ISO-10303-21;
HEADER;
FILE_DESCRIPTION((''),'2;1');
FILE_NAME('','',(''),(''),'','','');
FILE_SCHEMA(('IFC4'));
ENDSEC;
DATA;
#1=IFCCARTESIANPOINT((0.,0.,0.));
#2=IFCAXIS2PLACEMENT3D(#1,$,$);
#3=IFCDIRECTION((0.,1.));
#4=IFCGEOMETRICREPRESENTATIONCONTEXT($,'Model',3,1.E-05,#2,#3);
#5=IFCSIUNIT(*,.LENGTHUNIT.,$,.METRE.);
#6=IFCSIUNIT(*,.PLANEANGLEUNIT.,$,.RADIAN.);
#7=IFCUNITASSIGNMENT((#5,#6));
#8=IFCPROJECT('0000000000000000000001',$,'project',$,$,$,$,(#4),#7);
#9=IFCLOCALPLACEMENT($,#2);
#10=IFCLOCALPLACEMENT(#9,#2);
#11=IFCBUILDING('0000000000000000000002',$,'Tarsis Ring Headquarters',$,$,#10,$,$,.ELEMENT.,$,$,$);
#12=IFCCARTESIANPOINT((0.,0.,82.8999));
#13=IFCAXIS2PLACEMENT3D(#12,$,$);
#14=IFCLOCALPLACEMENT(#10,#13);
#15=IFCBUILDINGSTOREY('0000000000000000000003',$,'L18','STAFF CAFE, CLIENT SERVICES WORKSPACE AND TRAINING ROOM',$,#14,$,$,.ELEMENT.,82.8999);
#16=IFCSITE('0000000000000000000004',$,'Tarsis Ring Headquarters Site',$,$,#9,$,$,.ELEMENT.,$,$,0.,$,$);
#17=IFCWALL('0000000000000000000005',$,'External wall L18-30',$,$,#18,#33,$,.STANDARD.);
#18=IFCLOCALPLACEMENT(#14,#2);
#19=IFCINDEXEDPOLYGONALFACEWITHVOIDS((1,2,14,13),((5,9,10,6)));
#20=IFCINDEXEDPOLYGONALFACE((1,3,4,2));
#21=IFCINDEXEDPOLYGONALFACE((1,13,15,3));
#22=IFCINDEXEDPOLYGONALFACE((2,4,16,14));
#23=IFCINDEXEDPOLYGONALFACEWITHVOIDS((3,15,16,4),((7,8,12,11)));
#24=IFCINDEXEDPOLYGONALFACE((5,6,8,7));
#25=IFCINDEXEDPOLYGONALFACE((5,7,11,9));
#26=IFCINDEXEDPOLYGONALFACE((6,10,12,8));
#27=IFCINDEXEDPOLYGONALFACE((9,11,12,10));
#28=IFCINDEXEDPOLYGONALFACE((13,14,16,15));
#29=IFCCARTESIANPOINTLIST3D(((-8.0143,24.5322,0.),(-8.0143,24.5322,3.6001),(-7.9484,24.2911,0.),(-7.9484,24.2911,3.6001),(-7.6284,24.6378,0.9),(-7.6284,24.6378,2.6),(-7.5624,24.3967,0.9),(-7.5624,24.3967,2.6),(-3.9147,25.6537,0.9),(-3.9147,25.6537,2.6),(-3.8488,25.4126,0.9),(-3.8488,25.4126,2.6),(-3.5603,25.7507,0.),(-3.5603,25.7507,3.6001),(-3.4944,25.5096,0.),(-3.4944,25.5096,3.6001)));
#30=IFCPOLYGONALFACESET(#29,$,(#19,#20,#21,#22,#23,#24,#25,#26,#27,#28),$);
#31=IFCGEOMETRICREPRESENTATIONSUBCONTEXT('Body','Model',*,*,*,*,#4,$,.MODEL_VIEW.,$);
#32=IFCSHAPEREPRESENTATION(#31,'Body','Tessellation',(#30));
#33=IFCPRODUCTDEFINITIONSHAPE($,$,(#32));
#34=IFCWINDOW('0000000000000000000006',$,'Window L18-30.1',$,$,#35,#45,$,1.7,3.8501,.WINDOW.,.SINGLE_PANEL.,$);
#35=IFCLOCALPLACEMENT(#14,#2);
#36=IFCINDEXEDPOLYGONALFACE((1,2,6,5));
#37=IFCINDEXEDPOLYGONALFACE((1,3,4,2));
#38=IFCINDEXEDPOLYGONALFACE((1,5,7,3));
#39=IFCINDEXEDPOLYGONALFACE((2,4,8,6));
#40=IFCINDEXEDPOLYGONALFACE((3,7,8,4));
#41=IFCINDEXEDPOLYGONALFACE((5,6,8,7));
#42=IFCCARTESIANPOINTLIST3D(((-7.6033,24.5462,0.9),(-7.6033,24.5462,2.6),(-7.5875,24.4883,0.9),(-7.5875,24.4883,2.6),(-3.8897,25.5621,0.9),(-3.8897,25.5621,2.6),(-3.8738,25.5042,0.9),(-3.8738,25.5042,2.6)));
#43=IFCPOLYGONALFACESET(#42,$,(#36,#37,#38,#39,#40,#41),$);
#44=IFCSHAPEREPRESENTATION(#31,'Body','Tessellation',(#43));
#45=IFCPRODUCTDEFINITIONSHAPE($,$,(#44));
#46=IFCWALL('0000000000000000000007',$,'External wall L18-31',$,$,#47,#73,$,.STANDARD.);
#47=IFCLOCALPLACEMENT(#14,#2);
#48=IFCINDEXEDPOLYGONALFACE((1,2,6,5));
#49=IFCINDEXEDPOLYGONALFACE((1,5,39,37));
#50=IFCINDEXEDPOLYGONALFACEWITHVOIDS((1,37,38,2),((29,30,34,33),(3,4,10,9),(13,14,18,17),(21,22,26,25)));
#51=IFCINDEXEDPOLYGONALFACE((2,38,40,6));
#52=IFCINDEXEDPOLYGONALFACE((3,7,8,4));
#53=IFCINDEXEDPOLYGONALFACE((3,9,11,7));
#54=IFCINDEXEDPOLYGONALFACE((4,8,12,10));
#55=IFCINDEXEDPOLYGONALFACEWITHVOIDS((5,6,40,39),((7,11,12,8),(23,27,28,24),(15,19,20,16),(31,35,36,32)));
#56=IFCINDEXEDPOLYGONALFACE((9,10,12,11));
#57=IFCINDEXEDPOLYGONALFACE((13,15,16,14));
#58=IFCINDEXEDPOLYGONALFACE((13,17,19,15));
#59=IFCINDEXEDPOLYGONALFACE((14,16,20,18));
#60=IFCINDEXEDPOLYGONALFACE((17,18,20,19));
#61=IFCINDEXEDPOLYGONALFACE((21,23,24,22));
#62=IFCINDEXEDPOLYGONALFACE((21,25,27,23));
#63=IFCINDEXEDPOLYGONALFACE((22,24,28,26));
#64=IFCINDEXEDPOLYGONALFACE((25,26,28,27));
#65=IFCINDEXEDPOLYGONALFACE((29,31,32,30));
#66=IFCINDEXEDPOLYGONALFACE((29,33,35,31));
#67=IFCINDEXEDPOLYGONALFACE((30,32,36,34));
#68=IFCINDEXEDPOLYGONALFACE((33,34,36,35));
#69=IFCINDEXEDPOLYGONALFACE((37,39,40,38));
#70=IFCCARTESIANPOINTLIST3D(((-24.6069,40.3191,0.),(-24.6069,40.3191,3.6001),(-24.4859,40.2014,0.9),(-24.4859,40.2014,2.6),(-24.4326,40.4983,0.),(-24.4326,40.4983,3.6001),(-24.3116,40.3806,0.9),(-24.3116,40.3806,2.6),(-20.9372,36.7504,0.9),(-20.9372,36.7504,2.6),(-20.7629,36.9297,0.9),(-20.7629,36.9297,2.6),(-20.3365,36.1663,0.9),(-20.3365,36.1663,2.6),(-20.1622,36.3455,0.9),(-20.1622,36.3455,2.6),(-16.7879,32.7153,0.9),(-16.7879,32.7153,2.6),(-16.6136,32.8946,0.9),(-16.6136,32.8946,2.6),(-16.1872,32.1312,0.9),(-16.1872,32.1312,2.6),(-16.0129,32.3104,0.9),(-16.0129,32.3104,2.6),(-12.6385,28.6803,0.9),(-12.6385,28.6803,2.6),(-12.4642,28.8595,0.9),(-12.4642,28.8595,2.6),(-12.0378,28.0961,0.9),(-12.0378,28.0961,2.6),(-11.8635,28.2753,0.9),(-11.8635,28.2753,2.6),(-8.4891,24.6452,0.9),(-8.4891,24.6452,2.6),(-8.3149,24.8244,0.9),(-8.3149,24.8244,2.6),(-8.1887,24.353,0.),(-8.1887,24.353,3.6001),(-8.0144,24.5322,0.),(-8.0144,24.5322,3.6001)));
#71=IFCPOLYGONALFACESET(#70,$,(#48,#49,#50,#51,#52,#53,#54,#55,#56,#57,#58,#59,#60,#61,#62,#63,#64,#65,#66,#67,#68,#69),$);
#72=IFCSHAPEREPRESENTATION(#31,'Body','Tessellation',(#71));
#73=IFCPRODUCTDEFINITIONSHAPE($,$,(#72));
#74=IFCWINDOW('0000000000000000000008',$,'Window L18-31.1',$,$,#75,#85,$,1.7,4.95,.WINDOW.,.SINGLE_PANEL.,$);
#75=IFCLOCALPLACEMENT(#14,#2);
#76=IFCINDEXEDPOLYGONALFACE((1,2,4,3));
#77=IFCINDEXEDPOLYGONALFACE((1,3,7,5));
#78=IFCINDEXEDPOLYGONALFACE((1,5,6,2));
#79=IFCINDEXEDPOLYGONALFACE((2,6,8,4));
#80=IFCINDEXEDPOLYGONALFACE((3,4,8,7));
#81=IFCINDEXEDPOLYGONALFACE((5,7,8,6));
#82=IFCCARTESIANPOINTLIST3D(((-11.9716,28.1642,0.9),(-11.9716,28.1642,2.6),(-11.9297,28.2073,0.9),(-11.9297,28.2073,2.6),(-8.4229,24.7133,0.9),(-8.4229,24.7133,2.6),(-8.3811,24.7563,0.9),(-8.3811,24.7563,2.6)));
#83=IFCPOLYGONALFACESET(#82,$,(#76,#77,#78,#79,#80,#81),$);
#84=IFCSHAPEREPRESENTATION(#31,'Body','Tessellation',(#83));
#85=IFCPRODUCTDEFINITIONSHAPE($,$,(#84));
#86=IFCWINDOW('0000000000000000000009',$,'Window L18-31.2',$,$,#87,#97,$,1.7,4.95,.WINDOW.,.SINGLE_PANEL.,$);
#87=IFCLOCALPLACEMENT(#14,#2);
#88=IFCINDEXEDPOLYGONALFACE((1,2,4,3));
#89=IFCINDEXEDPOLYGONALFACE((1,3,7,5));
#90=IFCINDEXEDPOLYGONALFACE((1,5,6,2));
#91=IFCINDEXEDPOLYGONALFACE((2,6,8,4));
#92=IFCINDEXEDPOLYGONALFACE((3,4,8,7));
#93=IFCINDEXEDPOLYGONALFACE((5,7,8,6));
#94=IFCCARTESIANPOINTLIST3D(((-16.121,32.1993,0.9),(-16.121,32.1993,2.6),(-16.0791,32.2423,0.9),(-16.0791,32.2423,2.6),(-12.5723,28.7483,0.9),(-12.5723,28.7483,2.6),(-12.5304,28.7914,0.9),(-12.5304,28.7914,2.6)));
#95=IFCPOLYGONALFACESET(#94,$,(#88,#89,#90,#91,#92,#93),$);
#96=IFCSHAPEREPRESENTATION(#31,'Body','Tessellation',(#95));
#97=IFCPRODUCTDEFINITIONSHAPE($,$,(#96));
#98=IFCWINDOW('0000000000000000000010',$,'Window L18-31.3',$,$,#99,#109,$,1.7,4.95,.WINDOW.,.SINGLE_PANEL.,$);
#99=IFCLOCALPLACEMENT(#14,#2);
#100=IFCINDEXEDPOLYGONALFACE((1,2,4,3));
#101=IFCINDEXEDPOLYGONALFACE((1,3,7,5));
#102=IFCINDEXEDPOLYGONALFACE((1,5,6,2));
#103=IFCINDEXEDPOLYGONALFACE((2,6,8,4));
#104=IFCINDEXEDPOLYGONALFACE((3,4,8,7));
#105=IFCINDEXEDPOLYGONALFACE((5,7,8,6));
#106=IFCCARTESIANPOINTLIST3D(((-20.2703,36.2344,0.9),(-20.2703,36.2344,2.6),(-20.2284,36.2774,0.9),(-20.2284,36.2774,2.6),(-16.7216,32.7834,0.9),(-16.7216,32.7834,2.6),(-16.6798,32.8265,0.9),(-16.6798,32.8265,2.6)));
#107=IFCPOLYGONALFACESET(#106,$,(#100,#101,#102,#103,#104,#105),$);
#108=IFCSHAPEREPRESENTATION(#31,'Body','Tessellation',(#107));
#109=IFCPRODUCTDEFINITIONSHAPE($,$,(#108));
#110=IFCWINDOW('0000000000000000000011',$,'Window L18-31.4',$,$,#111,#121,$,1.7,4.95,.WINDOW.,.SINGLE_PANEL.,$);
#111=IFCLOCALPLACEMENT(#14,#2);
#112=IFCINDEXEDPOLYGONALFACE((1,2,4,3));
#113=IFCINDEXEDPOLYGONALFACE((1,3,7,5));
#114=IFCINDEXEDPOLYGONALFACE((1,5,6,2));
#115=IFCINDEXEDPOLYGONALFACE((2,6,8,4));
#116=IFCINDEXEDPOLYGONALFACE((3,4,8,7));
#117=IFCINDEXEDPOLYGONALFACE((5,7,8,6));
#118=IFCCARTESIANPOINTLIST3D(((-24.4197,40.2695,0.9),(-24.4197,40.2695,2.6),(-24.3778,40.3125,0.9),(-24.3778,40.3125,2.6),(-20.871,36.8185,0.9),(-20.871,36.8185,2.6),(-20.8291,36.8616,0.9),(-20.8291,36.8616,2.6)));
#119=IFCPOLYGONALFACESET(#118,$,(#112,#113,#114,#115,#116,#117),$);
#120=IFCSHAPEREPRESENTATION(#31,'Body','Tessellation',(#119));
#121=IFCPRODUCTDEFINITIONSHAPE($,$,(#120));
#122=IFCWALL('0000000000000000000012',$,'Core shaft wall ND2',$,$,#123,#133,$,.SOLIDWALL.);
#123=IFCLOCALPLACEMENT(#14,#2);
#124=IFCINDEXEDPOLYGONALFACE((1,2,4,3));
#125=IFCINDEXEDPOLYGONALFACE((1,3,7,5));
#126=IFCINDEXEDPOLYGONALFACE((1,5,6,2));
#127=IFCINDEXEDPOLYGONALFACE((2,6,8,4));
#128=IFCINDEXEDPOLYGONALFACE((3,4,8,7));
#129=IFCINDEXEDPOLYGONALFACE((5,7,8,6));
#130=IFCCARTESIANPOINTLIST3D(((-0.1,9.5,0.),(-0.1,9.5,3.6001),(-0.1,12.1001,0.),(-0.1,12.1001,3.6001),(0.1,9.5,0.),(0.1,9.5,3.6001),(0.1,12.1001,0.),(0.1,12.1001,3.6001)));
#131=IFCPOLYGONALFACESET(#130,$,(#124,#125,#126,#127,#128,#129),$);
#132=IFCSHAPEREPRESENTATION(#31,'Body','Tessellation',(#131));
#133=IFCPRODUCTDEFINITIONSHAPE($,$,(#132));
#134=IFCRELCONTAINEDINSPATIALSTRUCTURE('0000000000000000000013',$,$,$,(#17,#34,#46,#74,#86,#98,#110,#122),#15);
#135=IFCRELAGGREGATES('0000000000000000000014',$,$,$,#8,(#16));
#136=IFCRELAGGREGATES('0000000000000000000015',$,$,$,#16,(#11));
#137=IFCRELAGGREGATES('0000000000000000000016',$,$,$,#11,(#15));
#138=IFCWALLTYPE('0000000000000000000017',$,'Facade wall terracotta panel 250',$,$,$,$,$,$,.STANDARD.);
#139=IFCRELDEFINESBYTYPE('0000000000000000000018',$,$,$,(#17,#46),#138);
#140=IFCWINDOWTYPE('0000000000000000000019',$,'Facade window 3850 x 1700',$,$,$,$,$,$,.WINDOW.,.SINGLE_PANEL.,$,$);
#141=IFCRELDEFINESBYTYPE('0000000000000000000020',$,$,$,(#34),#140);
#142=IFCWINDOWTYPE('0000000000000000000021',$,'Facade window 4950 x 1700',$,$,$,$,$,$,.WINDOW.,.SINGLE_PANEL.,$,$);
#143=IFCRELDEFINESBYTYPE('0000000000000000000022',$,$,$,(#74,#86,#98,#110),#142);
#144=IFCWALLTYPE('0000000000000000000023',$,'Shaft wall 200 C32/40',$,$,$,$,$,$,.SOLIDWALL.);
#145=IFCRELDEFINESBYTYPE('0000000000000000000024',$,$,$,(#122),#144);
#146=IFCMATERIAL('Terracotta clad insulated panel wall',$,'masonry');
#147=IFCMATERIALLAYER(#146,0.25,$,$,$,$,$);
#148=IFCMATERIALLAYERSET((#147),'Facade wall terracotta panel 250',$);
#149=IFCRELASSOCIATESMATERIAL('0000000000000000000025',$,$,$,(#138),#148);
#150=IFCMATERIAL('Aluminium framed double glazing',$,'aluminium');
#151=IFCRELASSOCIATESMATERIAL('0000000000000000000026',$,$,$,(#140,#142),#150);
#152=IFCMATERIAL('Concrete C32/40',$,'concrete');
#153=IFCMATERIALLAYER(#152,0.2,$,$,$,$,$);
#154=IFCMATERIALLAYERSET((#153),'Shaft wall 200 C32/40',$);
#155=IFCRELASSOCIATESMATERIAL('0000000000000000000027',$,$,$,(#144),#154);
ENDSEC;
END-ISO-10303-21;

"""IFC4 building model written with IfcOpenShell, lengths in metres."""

from ifc_helpers import new_model, si_unit, direction, frame, frame_2d, origin, place, context, subcontext, project, spatial, rectangle, extrude, material, layer, layer_set, type_object, element, fill, save


model = new_model("IFC4")

# Units and contexts
model_context = context("Model", 3, precision=1e-05, world=origin(), true_north=direction((0.0, 1.0)))
body_context = subcontext(model_context, "Body", "Model", "MODEL_VIEW")
ifc_project = project(units=[si_unit("LENGTHUNIT", "METRE"), si_unit("PLANEANGLEUNIT", "RADIAN")], contexts=[model_context])

# Site, building, storey
site_placement = place(None, origin())
site = spatial("IfcSite", under=ifc_project, at=site_placement, Name="Tarsis Ring Headquarters Site", CompositionType="ELEMENT", RefElevation=0.0)
building_placement = place(site_placement, origin())
building = spatial("IfcBuilding", under=site, at=building_placement, Name="Tarsis Ring Headquarters", CompositionType="ELEMENT")
storey_placement = place(building_placement, frame((0.0, 0.0, 82.8999)))
storey = spatial("IfcBuildingStorey", under=building, at=storey_placement, Name="L18", Description="STAFF CAFE, CLIENT SERVICES WORKSPACE AND TRAINING ROOM", CompositionType="ELEMENT", Elevation=82.8999)

# Wall, opening, window
ifc_material_1 = material(Name="Terracotta clad insulated panel wall", Category="masonry")
ifc_layer_1 = layer(ifc_material_1, 0.25)
ifc_layer_set_1 = layer_set([ifc_layer_1], Name="Facade wall terracotta panel 250")
wall_type_1 = type_object("IfcWallType", Name="Facade wall terracotta panel 250", PredefinedType="STANDARD", material=ifc_layer_set_1)
ifc_material_2 = material(Name="Aluminium framed double glazing", Category="aluminium")
wall_1_placement = place(storey_placement, frame((-3.5273, 25.6301, 0.0), z_axis=(0.0, 0.0, 1.0), x_axis=(-0.964557, -0.263873, 0.0)))
wall_1 = element("IfcWall", 1, at=wall_1_placement, inside=storey, type_object=wall_type_1, Name="External wall L18-30", PredefinedType="STANDARD", context=body_context, shape_type="SweptSolid", body=[
    extrude(rectangle(XDim=4.6177, YDim=0.25, at=frame_2d((2.3088, 0.0))), origin(), (0.0, 0.0, 1.0), 3.6001),
])
opening_1_placement = place(wall_1_placement, frame((0.3674, 0.0, 0.8999)))
opening_1 = element("IfcOpeningElement", 2, at=opening_1_placement, cuts=wall_1, PredefinedType="OPENING", context=body_context, shape_type="SweptSolid", body=[
    extrude(rectangle(XDim=3.8501, YDim=1.7, at=frame_2d((1.925, 0.8501))), frame((0.0, 0.135, 0.0), z_axis=(0.0, -1.0, 0.0), x_axis=(1.0, 0.0, 0.0)), (0.0, 0.0, 1.0), 0.27),
])
window_type_1 = type_object("IfcWindowType", Name="Facade window 3850 x 1700", PartitioningType="SINGLE_PANEL", PredefinedType="WINDOW", material=ifc_material_2)
window_1_placement = place(opening_1_placement, origin())
window_1 = element("IfcWindow", 3, at=window_1_placement, inside=storey, type_object=window_type_1, Name="Window L18-30.1", OverallHeight=1.7, OverallWidth=3.8501, PartitioningType="SINGLE_PANEL", PredefinedType="WINDOW", context=body_context, shape_type="SweptSolid", body=[
    extrude(rectangle(XDim=3.8501, YDim=1.7, at=frame_2d((1.925, 0.8501))), frame((0.0, 0.03, 0.0), z_axis=(0.0, -1.0, 0.0), x_axis=(1.0, 0.0, 0.0)), (0.0, 0.0, 1.0), 0.0601),
])
fill(opening_1, window_1)

# Wall, openings, windows
wall_2_placement = place(storey_placement, frame((-8.1016, 24.4426, 0.0), z_axis=(0.0, 0.0, 1.0), x_axis=(-0.71691, 0.697166, 0.0)))
wall_2 = element("IfcWall", 4, at=wall_2_placement, inside=storey, type_object=wall_type_1, Name="External wall L18-31", PredefinedType="STANDARD", context=body_context, shape_type="SweptSolid", body=[
    extrude(rectangle(XDim=22.9014, YDim=0.25, at=frame_2d((11.4507, 0.0))), origin(), (0.0, 0.0, 1.0), 3.6001),
])
opening_2_placement = place(wall_2_placement, frame((0.4189, 0.0, 0.8999)))
opening_2 = element("IfcOpeningElement", 5, at=opening_2_placement, cuts=wall_2, PredefinedType="OPENING", context=body_context, shape_type="SweptSolid", body=[
    extrude(rectangle(XDim=4.95, YDim=1.7, at=frame_2d((2.4751, 0.8501))), frame((0.0, 0.135, 0.0), z_axis=(0.0, -1.0, 0.0), x_axis=(1.0, 0.0, 0.0)), (0.0, 0.0, 1.0), 0.27),
])
opening_3_placement = place(wall_2_placement, frame((6.2068, 0.0, 0.8999)))
opening_3 = element("IfcOpeningElement", 6, at=opening_3_placement, cuts=wall_2, PredefinedType="OPENING", context=body_context, shape_type="SweptSolid", body=[
    extrude(rectangle(XDim=4.95, YDim=1.7, at=frame_2d((2.4751, 0.8501))), frame((0.0, 0.135, 0.0), z_axis=(0.0, -1.0, 0.0), x_axis=(1.0, 0.0, 0.0)), (0.0, 0.0, 1.0), 0.27),
])
opening_4_placement = place(wall_2_placement, frame((11.9946, 0.0, 0.8999)))
opening_4 = element("IfcOpeningElement", 7, at=opening_4_placement, cuts=wall_2, PredefinedType="OPENING", context=body_context, shape_type="SweptSolid", body=[
    extrude(rectangle(XDim=4.95, YDim=1.7, at=frame_2d((2.4751, 0.8501))), frame((0.0, 0.135, 0.0), z_axis=(0.0, -1.0, 0.0), x_axis=(1.0, 0.0, 0.0)), (0.0, 0.0, 1.0), 0.27),
])
opening_5_placement = place(wall_2_placement, frame((17.7825, 0.0, 0.8999)))
opening_5 = element("IfcOpeningElement", 8, at=opening_5_placement, cuts=wall_2, PredefinedType="OPENING", context=body_context, shape_type="SweptSolid", body=[
    extrude(rectangle(XDim=4.95, YDim=1.7, at=frame_2d((2.4751, 0.8501))), frame((0.0, 0.135, 0.0), z_axis=(0.0, -1.0, 0.0), x_axis=(1.0, 0.0, 0.0)), (0.0, 0.0, 1.0), 0.27),
])
window_type_2 = type_object("IfcWindowType", Name="Facade window 4950 x 1700", PartitioningType="SINGLE_PANEL", PredefinedType="WINDOW", material=ifc_material_2)
window_2_placement = place(opening_2_placement, origin())
window_2 = element("IfcWindow", 9, at=window_2_placement, inside=storey, type_object=window_type_2, Name="Window L18-31.1", OverallHeight=1.7, OverallWidth=4.95, PartitioningType="SINGLE_PANEL", PredefinedType="WINDOW", context=body_context, shape_type="SweptSolid", body=[
    extrude(rectangle(XDim=4.95, YDim=1.7, at=frame_2d((2.4751, 0.8501))), frame((0.0, 0.03, 0.0), z_axis=(0.0, -1.0, 0.0), x_axis=(1.0, 0.0, 0.0)), (0.0, 0.0, 1.0), 0.0601),
])
fill(opening_2, window_2)
window_3_placement = place(opening_3_placement, origin())
window_3 = element("IfcWindow", 10, at=window_3_placement, inside=storey, type_object=window_type_2, Name="Window L18-31.2", OverallHeight=1.7, OverallWidth=4.95, PartitioningType="SINGLE_PANEL", PredefinedType="WINDOW", context=body_context, shape_type="SweptSolid", body=[
    extrude(rectangle(XDim=4.95, YDim=1.7, at=frame_2d((2.4751, 0.8501))), frame((0.0, 0.03, 0.0), z_axis=(0.0, -1.0, 0.0), x_axis=(1.0, 0.0, 0.0)), (0.0, 0.0, 1.0), 0.0601),
])
fill(opening_3, window_3)
window_4_placement = place(opening_4_placement, origin())
window_4 = element("IfcWindow", 11, at=window_4_placement, inside=storey, type_object=window_type_2, Name="Window L18-31.3", OverallHeight=1.7, OverallWidth=4.95, PartitioningType="SINGLE_PANEL", PredefinedType="WINDOW", context=body_context, shape_type="SweptSolid", body=[
    extrude(rectangle(XDim=4.95, YDim=1.7, at=frame_2d((2.4751, 0.8501))), frame((0.0, 0.03, 0.0), z_axis=(0.0, -1.0, 0.0), x_axis=(1.0, 0.0, 0.0)), (0.0, 0.0, 1.0), 0.0601),
])
fill(opening_4, window_4)
window_5_placement = place(opening_5_placement, origin())
window_5 = element("IfcWindow", 12, at=window_5_placement, inside=storey, type_object=window_type_2, Name="Window L18-31.4", OverallHeight=1.7, OverallWidth=4.95, PartitioningType="SINGLE_PANEL", PredefinedType="WINDOW", context=body_context, shape_type="SweptSolid", body=[
    extrude(rectangle(XDim=4.95, YDim=1.7, at=frame_2d((2.4751, 0.8501))), frame((0.0, 0.03, 0.0), z_axis=(0.0, -1.0, 0.0), x_axis=(1.0, 0.0, 0.0)), (0.0, 0.0, 1.0), 0.0601),
])
fill(opening_5, window_5)

# Wall
ifc_material_3 = material(Name="Concrete C32/40", Category="concrete")
ifc_layer_2 = layer(ifc_material_3, 0.2)
ifc_layer_set_2 = layer_set([ifc_layer_2], Name="Shaft wall 200 C32/40")
wall_type_2 = type_object("IfcWallType", Name="Shaft wall 200 C32/40", PredefinedType="SOLIDWALL", material=ifc_layer_set_2)
wall_3_placement = place(storey_placement, frame((0.0, 9.5, 0.0), z_axis=(0.0, 0.0, 1.0), x_axis=(0.0, 1.0, 0.0)))
element("IfcWall", 13, at=wall_3_placement, inside=storey, type_object=wall_type_2, Name="Core shaft wall ND2", PredefinedType="SOLIDWALL", context=body_context, shape_type="SweptSolid", body=[
    extrude(rectangle(XDim=2.6001, YDim=0.2, at=frame_2d((1.3, 0.0))), origin(), (0.0, 0.0, 1.0), 3.6001),
])

save(model, "model.ifc")
